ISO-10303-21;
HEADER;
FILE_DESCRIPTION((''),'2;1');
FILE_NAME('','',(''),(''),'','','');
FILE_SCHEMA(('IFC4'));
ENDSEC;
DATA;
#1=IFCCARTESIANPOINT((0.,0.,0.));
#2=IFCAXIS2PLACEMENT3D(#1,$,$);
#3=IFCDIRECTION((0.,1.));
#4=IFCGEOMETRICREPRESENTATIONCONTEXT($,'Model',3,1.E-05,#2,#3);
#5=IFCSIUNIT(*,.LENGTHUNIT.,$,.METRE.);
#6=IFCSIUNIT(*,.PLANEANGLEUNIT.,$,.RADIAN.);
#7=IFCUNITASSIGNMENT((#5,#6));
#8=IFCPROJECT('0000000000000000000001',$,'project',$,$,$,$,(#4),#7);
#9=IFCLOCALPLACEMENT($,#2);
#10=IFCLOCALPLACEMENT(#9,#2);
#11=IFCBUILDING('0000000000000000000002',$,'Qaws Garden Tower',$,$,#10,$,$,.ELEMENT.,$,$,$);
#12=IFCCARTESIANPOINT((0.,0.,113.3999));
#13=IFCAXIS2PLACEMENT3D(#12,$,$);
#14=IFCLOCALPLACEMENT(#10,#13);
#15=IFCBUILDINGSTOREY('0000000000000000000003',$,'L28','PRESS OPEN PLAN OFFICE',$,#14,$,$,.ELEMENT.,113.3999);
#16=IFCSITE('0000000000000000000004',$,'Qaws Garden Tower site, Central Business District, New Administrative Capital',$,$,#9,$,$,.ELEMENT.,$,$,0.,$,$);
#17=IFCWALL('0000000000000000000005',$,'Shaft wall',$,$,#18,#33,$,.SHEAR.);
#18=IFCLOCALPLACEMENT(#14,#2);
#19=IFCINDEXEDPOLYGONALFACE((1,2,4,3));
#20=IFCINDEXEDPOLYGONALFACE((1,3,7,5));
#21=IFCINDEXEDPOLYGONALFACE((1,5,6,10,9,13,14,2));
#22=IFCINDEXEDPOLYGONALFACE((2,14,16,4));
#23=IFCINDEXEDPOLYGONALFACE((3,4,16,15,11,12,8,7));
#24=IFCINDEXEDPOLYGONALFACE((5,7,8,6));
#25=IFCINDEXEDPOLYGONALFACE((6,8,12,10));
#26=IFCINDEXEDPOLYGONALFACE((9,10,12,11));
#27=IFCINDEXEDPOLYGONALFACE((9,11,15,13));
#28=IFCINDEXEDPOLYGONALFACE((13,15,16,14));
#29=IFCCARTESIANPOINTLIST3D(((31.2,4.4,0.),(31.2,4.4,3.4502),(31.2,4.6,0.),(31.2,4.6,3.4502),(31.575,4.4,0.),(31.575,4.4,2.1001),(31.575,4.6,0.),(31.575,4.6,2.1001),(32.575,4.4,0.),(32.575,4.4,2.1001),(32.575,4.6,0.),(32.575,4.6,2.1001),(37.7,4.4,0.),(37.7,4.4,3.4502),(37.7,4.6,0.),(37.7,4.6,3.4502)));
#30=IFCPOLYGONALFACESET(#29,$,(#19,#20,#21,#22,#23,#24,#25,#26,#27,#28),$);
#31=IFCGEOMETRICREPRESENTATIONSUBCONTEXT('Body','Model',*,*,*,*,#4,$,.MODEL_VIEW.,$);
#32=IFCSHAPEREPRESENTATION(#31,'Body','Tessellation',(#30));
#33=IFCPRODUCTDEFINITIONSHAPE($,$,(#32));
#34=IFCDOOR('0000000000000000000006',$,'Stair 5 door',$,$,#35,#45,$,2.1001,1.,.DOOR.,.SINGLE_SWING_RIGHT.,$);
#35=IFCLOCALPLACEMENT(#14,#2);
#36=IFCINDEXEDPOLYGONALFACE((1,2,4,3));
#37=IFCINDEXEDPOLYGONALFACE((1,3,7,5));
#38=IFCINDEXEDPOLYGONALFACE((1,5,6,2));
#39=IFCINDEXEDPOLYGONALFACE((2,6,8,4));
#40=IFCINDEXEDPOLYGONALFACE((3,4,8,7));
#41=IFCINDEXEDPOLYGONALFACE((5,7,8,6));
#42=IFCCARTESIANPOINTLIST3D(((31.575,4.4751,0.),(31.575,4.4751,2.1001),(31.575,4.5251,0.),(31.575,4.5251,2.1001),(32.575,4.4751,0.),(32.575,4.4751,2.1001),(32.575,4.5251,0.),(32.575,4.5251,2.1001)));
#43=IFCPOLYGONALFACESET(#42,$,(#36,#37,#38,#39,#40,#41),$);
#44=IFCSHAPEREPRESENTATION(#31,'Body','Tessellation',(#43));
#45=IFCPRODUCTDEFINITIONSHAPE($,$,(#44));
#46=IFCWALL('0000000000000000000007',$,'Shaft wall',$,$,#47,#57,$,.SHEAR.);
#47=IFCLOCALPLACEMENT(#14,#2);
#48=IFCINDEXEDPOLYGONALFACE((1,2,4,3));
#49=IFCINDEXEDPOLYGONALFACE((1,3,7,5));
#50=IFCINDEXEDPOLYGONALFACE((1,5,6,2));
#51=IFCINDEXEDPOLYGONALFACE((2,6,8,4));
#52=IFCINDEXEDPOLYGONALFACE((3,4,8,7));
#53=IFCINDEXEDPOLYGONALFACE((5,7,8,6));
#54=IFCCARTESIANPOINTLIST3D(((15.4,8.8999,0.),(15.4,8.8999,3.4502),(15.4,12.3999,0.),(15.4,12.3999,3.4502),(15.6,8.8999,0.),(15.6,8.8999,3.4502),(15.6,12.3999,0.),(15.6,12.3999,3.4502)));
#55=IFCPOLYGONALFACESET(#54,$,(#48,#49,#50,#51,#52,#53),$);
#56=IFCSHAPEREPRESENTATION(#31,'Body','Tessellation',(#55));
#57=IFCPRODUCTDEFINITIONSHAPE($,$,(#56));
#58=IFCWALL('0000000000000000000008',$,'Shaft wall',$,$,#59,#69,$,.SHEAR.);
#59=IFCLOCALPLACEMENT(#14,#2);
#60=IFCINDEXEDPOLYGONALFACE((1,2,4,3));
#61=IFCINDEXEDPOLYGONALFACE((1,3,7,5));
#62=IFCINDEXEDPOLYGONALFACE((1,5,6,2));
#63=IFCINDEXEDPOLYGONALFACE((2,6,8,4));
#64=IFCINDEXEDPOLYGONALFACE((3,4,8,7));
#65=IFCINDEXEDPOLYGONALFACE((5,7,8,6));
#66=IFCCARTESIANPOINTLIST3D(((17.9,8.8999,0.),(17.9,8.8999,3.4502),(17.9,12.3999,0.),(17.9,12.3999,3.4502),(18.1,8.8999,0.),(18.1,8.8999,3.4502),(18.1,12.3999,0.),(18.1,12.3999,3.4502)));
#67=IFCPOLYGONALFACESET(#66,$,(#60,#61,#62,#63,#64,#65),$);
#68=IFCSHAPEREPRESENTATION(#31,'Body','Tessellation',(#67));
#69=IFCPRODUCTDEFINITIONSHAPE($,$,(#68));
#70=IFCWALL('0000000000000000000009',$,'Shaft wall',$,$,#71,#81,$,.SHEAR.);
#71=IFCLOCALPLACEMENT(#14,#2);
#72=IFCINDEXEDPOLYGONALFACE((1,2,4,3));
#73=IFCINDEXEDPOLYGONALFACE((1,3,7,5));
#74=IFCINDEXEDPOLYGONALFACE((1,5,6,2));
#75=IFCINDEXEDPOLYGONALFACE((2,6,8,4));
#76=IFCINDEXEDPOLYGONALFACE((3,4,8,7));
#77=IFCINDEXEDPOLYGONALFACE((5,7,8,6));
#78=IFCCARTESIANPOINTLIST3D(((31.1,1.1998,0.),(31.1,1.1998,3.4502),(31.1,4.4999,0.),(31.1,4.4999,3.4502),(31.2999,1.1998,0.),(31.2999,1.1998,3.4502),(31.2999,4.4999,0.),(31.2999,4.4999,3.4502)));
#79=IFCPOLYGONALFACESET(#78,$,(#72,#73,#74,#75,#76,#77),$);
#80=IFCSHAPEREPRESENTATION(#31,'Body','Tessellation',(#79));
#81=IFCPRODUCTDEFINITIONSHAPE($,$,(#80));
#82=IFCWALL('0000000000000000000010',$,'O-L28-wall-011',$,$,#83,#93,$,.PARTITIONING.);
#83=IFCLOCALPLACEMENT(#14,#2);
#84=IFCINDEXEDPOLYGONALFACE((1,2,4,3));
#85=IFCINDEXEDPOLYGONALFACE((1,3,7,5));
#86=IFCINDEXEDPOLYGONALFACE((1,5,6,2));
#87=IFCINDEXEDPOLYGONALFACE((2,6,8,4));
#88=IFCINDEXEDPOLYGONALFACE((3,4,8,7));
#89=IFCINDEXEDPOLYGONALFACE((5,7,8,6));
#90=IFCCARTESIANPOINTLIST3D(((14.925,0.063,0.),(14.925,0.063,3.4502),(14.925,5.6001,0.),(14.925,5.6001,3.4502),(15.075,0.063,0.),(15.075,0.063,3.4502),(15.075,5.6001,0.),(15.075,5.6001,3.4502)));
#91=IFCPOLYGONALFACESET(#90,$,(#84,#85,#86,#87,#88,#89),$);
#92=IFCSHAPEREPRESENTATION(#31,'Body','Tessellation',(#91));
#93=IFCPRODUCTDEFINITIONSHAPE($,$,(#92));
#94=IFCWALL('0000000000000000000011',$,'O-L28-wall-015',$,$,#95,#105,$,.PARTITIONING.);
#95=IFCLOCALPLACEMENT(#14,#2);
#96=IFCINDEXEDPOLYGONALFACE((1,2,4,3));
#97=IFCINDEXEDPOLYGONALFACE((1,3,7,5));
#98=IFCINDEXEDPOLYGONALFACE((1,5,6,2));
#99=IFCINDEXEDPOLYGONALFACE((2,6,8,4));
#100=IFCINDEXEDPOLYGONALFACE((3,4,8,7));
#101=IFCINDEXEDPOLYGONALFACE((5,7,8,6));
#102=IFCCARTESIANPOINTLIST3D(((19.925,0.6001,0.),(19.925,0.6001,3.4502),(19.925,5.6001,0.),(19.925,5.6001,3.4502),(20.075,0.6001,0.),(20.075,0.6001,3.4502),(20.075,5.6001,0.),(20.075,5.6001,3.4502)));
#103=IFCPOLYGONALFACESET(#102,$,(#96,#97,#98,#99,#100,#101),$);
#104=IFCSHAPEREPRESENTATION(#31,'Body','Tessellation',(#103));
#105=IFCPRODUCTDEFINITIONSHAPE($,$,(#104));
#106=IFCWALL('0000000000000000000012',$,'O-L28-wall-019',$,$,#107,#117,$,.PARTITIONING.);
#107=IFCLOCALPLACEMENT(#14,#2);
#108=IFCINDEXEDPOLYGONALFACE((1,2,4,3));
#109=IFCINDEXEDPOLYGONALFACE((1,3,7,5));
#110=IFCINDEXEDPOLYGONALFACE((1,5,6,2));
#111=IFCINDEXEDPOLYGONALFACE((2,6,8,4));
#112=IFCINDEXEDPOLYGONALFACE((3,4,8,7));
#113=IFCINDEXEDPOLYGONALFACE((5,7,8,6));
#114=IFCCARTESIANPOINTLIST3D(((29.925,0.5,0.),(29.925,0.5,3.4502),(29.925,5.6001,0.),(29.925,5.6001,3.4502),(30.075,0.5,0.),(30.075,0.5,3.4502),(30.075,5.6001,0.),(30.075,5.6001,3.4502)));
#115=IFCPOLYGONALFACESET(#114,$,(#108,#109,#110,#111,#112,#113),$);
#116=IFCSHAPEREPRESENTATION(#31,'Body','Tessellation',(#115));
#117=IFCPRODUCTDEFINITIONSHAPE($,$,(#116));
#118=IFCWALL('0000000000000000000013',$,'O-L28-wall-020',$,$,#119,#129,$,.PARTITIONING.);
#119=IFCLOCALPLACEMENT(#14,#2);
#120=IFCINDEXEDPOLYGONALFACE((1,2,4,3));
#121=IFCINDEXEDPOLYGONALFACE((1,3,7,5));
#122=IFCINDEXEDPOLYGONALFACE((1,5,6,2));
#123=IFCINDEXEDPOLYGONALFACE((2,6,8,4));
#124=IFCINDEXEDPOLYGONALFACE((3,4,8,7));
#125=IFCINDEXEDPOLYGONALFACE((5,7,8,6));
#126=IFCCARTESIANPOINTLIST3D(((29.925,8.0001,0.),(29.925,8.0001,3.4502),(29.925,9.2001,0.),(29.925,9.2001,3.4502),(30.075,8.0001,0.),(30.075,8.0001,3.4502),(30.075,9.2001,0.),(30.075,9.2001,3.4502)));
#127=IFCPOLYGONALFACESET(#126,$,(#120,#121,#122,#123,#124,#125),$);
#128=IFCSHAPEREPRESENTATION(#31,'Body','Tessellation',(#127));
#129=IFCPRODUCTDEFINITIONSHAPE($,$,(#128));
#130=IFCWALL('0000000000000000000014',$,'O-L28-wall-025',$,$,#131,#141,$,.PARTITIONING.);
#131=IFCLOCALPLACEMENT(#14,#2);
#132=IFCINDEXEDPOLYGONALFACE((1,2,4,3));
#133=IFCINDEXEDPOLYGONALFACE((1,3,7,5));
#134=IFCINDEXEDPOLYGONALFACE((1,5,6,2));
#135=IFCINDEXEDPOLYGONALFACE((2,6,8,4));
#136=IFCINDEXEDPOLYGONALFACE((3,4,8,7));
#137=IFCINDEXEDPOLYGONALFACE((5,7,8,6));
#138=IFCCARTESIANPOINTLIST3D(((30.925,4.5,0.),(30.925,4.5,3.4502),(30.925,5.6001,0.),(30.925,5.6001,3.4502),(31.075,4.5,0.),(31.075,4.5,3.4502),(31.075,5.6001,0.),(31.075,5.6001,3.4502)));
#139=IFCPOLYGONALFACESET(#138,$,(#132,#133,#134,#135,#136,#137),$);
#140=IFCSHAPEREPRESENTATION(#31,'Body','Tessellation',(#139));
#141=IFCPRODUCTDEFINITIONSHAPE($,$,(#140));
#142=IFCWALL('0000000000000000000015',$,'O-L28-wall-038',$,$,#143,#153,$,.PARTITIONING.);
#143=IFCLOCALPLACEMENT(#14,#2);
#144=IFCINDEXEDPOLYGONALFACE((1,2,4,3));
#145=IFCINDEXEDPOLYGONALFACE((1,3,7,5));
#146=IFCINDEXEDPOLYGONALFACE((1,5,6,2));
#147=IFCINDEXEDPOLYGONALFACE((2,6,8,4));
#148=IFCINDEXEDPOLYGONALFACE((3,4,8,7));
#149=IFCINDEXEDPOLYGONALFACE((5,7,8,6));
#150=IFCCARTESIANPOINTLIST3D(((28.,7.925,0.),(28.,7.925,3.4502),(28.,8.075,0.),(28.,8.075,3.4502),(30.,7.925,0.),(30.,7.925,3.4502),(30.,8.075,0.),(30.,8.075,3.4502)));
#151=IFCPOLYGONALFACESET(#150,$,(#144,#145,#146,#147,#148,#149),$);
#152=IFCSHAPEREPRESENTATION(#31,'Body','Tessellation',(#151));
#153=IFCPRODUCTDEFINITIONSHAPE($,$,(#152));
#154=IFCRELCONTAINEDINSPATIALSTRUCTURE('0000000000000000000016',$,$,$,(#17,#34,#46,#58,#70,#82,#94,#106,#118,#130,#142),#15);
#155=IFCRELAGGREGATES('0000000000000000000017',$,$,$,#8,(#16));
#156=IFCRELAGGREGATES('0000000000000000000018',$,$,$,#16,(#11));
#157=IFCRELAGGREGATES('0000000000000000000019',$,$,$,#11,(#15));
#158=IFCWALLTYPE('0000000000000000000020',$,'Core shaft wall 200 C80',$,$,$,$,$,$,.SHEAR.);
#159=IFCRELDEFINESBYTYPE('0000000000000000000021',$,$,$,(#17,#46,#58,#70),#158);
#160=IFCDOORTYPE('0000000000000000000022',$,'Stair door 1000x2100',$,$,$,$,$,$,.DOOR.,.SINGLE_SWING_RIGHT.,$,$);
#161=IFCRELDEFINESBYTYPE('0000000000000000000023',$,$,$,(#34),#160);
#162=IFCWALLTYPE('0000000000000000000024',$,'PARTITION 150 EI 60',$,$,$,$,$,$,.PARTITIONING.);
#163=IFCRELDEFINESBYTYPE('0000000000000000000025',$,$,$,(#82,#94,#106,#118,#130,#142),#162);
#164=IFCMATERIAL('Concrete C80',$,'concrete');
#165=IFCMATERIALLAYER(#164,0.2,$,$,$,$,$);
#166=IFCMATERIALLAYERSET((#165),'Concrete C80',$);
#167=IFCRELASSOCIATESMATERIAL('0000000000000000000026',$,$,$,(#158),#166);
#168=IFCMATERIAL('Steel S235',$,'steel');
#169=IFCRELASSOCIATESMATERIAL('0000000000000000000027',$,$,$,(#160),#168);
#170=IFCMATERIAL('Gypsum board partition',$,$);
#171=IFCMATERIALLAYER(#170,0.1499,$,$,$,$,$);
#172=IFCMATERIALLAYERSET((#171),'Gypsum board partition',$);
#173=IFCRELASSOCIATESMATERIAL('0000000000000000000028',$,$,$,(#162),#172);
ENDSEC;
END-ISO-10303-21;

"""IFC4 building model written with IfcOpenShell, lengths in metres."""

from ifc_helpers import new_model, si_unit, direction, frame, frame_2d, origin, place, context, subcontext, project, spatial, rectangle, extrude, material, layer, layer_set, type_object, element, fill, save


model = new_model("IFC4")

# Units and contexts
model_context = context("Model", 3, precision=1e-05, world=origin(), true_north=direction((0.0, 1.0)))
body_context = subcontext(model_context, "Body", "Model", "MODEL_VIEW")
ifc_project = project(units=[si_unit("LENGTHUNIT", "METRE"), si_unit("PLANEANGLEUNIT", "RADIAN")], contexts=[model_context])

# Site, building, storey
site_placement = place(None, origin())
site = spatial("IfcSite", under=ifc_project, at=site_placement, Name="Qaws Garden Tower site, Central Business District, New Administrative Capital", CompositionType="ELEMENT", RefElevation=0.0)
building_placement = place(site_placement, origin())
building = spatial("IfcBuilding", under=site, at=building_placement, Name="Qaws Garden Tower", CompositionType="ELEMENT")
storey_placement = place(building_placement, frame((0.0, 0.0, 113.3999)))
storey = spatial("IfcBuildingStorey", under=building, at=storey_placement, Name="L28", Description="PRESS OPEN PLAN OFFICE", CompositionType="ELEMENT", Elevation=113.3999)

# Shared definitions
ifc_material_1 = material(Name="Concrete C80", Category="concrete")
ifc_layer_1 = layer(ifc_material_1, 0.2)
ifc_layer_set_1 = layer_set([ifc_layer_1], Name="Concrete C80")
wall_type_1 = type_object("IfcWallType", Name="Core shaft wall 200 C80", PredefinedType="SHEAR", material=ifc_layer_set_1)

# Wall, opening, door
wall_1_placement = place(storey_placement, frame((31.2, 4.5, 0.0), z_axis=(0.0, 0.0, 1.0), x_axis=(1.0, 0.0, 0.0)))
wall_1 = element("IfcWall", 1, at=wall_1_placement, inside=storey, type_object=wall_type_1, Name="Shaft wall", PredefinedType="SHEAR", context=body_context, shape_type="SweptSolid", body=[
    extrude(rectangle(XDim=6.5, YDim=0.2, at=frame_2d((3.25, 0.0))), origin(), (0.0, 0.0, 1.0), 3.4502),
])
opening_1_placement = place(wall_1_placement, frame((0.375, 0.0, 0.0)))
opening_1 = element("IfcOpeningElement", 2, at=opening_1_placement, cuts=wall_1, PredefinedType="OPENING", context=body_context, shape_type="SweptSolid", body=[
    extrude(rectangle(XDim=1.0, YDim=2.1001, at=frame_2d((0.5, 1.05))), frame((0.0, 0.1099, 0.0), z_axis=(0.0, -1.0, 0.0), x_axis=(1.0, 0.0, 0.0)), (0.0, 0.0, 1.0), 0.22),
])
ifc_material_2 = material(Name="Steel S235", Category="steel")
door_type = type_object("IfcDoorType", Name="Stair door 1000x2100", OperationType="SINGLE_SWING_RIGHT", PredefinedType="DOOR", material=ifc_material_2)
door_placement = place(opening_1_placement, frame((1.0, 0.0, 0.0), z_axis=(0.0, 0.0, 1.0), x_axis=(-1.0, 0.0, 0.0)))
door = element("IfcDoor", 3, at=door_placement, inside=storey, type_object=door_type, Name="Stair 5 door", OperationType="SINGLE_SWING_RIGHT", OverallHeight=2.1001, OverallWidth=1.0, PredefinedType="DOOR", context=body_context, shape_type="SweptSolid", body=[
    extrude(rectangle(XDim=1.0, YDim=2.1001, at=frame_2d((0.5, 1.05))), frame((0.0, 0.0249, 0.0), z_axis=(0.0, -1.0, 0.0), x_axis=(1.0, 0.0, 0.0)), (0.0, 0.0, 1.0), 0.05),
])
fill(opening_1, door)

# Walls
for number, where, z_axis, x_axis, name in (
    (4, (15.5, 8.8999, 0.0), (0.0, 0.0, 1.0), (0.0, 1.0, 0.0), "Shaft wall"),
    (5, (18.0, 8.8999, 0.0), (0.0, 0.0, 1.0), (0.0, 1.0, 0.0), "Shaft wall"),
):
    element("IfcWall", number, at=place(storey_placement, frame(where, z_axis=z_axis, x_axis=x_axis)), inside=storey, type_object=wall_type_1, Name=name, PredefinedType="SHEAR", context=body_context, shape_type="SweptSolid", body=[
        extrude(rectangle(XDim=3.5, YDim=0.2, at=frame_2d((1.75, 0.0))), origin(), (0.0, 0.0, 1.0), 3.4502),
    ])
wall_2_placement = place(storey_placement, frame((31.2, 1.2, 0.0), z_axis=(0.0, 0.0, 1.0), x_axis=(0.0, 1.0, 0.0)))
element("IfcWall", 6, at=wall_2_placement, inside=storey, type_object=wall_type_1, Name="Shaft wall", PredefinedType="SHEAR", context=body_context, shape_type="SweptSolid", body=[
    extrude(rectangle(XDim=3.3, YDim=0.2, at=frame_2d((1.6499, 0.0))), origin(), (0.0, 0.0, 1.0), 3.4502),
])
ifc_material_3 = material(Name="Gypsum board partition")
ifc_layer_2 = layer(ifc_material_3, 0.1499)
ifc_layer_set_2 = layer_set([ifc_layer_2], Name="Gypsum board partition")
wall_type_2 = type_object("IfcWallType", Name="PARTITION 150 EI 60", PredefinedType="PARTITIONING", material=ifc_layer_set_2)
wall_3_placement = place(storey_placement, frame((15.0, 0.063, 0.0), z_axis=(0.0, 0.0, 1.0), x_axis=(0.0, 1.0, 0.0)))
element("IfcWall", 7, at=wall_3_placement, inside=storey, type_object=wall_type_2, Name="O-L28-wall-011", PredefinedType="PARTITIONING", context=body_context, shape_type="SweptSolid", body=[
    extrude(rectangle(XDim=5.5371, YDim=0.1499, at=frame_2d((2.7686, 0.0))), origin(), (0.0, 0.0, 1.0), 3.4502),
])
wall_4_placement = place(storey_placement, frame((20.0, 0.6001, 0.0), z_axis=(0.0, 0.0, 1.0), x_axis=(0.0, 1.0, 0.0)))
element("IfcWall", 8, at=wall_4_placement, inside=storey, type_object=wall_type_2, Name="O-L28-wall-015", PredefinedType="PARTITIONING", context=body_context, shape_type="SweptSolid", body=[
    extrude(rectangle(XDim=5.0, YDim=0.1499, at=frame_2d((2.5, 0.0))), origin(), (0.0, 0.0, 1.0), 3.4502),
])
wall_5_placement = place(storey_placement, frame((30.0, 0.5, 0.0), z_axis=(0.0, 0.0, 1.0), x_axis=(0.0, 1.0, 0.0)))
element("IfcWall", 9, at=wall_5_placement, inside=storey, type_object=wall_type_2, Name="O-L28-wall-019", PredefinedType="PARTITIONING", context=body_context, shape_type="SweptSolid", body=[
    extrude(rectangle(XDim=5.1001, YDim=0.1499, at=frame_2d((2.55, 0.0))), origin(), (0.0, 0.0, 1.0), 3.4502),
])
wall_6_placement = place(storey_placement, frame((30.0, 8.0, 0.0), z_axis=(0.0, 0.0, 1.0), x_axis=(0.0, 1.0, 0.0)))
element("IfcWall", 10, at=wall_6_placement, inside=storey, type_object=wall_type_2, Name="O-L28-wall-020", PredefinedType="PARTITIONING", context=body_context, shape_type="SweptSolid", body=[
    extrude(rectangle(XDim=1.2, YDim=0.1499, at=frame_2d((0.6001, 0.0))), origin(), (0.0, 0.0, 1.0), 3.4502),
])
wall_7_placement = place(storey_placement, frame((31.0, 4.5, 0.0), z_axis=(0.0, 0.0, 1.0), x_axis=(0.0, 1.0, 0.0)))
element("IfcWall", 11, at=wall_7_placement, inside=storey, type_object=wall_type_2, Name="O-L28-wall-025", PredefinedType="PARTITIONING", context=body_context, shape_type="SweptSolid", body=[
    extrude(rectangle(XDim=1.1001, YDim=0.1499, at=frame_2d((0.55, 0.0))), origin(), (0.0, 0.0, 1.0), 3.4502),
])
wall_8_placement = place(storey_placement, frame((28.0, 8.0, 0.0), z_axis=(0.0, 0.0, 1.0), x_axis=(1.0, 0.0, 0.0)))
element("IfcWall", 12, at=wall_8_placement, inside=storey, type_object=wall_type_2, Name="O-L28-wall-038", PredefinedType="PARTITIONING", context=body_context, shape_type="SweptSolid", body=[
    extrude(rectangle(XDim=2.0, YDim=0.1499, at=frame_2d((1.0, 0.0))), origin(), (0.0, 0.0, 1.0), 3.4502),
])

save(model, "model.ifc")
